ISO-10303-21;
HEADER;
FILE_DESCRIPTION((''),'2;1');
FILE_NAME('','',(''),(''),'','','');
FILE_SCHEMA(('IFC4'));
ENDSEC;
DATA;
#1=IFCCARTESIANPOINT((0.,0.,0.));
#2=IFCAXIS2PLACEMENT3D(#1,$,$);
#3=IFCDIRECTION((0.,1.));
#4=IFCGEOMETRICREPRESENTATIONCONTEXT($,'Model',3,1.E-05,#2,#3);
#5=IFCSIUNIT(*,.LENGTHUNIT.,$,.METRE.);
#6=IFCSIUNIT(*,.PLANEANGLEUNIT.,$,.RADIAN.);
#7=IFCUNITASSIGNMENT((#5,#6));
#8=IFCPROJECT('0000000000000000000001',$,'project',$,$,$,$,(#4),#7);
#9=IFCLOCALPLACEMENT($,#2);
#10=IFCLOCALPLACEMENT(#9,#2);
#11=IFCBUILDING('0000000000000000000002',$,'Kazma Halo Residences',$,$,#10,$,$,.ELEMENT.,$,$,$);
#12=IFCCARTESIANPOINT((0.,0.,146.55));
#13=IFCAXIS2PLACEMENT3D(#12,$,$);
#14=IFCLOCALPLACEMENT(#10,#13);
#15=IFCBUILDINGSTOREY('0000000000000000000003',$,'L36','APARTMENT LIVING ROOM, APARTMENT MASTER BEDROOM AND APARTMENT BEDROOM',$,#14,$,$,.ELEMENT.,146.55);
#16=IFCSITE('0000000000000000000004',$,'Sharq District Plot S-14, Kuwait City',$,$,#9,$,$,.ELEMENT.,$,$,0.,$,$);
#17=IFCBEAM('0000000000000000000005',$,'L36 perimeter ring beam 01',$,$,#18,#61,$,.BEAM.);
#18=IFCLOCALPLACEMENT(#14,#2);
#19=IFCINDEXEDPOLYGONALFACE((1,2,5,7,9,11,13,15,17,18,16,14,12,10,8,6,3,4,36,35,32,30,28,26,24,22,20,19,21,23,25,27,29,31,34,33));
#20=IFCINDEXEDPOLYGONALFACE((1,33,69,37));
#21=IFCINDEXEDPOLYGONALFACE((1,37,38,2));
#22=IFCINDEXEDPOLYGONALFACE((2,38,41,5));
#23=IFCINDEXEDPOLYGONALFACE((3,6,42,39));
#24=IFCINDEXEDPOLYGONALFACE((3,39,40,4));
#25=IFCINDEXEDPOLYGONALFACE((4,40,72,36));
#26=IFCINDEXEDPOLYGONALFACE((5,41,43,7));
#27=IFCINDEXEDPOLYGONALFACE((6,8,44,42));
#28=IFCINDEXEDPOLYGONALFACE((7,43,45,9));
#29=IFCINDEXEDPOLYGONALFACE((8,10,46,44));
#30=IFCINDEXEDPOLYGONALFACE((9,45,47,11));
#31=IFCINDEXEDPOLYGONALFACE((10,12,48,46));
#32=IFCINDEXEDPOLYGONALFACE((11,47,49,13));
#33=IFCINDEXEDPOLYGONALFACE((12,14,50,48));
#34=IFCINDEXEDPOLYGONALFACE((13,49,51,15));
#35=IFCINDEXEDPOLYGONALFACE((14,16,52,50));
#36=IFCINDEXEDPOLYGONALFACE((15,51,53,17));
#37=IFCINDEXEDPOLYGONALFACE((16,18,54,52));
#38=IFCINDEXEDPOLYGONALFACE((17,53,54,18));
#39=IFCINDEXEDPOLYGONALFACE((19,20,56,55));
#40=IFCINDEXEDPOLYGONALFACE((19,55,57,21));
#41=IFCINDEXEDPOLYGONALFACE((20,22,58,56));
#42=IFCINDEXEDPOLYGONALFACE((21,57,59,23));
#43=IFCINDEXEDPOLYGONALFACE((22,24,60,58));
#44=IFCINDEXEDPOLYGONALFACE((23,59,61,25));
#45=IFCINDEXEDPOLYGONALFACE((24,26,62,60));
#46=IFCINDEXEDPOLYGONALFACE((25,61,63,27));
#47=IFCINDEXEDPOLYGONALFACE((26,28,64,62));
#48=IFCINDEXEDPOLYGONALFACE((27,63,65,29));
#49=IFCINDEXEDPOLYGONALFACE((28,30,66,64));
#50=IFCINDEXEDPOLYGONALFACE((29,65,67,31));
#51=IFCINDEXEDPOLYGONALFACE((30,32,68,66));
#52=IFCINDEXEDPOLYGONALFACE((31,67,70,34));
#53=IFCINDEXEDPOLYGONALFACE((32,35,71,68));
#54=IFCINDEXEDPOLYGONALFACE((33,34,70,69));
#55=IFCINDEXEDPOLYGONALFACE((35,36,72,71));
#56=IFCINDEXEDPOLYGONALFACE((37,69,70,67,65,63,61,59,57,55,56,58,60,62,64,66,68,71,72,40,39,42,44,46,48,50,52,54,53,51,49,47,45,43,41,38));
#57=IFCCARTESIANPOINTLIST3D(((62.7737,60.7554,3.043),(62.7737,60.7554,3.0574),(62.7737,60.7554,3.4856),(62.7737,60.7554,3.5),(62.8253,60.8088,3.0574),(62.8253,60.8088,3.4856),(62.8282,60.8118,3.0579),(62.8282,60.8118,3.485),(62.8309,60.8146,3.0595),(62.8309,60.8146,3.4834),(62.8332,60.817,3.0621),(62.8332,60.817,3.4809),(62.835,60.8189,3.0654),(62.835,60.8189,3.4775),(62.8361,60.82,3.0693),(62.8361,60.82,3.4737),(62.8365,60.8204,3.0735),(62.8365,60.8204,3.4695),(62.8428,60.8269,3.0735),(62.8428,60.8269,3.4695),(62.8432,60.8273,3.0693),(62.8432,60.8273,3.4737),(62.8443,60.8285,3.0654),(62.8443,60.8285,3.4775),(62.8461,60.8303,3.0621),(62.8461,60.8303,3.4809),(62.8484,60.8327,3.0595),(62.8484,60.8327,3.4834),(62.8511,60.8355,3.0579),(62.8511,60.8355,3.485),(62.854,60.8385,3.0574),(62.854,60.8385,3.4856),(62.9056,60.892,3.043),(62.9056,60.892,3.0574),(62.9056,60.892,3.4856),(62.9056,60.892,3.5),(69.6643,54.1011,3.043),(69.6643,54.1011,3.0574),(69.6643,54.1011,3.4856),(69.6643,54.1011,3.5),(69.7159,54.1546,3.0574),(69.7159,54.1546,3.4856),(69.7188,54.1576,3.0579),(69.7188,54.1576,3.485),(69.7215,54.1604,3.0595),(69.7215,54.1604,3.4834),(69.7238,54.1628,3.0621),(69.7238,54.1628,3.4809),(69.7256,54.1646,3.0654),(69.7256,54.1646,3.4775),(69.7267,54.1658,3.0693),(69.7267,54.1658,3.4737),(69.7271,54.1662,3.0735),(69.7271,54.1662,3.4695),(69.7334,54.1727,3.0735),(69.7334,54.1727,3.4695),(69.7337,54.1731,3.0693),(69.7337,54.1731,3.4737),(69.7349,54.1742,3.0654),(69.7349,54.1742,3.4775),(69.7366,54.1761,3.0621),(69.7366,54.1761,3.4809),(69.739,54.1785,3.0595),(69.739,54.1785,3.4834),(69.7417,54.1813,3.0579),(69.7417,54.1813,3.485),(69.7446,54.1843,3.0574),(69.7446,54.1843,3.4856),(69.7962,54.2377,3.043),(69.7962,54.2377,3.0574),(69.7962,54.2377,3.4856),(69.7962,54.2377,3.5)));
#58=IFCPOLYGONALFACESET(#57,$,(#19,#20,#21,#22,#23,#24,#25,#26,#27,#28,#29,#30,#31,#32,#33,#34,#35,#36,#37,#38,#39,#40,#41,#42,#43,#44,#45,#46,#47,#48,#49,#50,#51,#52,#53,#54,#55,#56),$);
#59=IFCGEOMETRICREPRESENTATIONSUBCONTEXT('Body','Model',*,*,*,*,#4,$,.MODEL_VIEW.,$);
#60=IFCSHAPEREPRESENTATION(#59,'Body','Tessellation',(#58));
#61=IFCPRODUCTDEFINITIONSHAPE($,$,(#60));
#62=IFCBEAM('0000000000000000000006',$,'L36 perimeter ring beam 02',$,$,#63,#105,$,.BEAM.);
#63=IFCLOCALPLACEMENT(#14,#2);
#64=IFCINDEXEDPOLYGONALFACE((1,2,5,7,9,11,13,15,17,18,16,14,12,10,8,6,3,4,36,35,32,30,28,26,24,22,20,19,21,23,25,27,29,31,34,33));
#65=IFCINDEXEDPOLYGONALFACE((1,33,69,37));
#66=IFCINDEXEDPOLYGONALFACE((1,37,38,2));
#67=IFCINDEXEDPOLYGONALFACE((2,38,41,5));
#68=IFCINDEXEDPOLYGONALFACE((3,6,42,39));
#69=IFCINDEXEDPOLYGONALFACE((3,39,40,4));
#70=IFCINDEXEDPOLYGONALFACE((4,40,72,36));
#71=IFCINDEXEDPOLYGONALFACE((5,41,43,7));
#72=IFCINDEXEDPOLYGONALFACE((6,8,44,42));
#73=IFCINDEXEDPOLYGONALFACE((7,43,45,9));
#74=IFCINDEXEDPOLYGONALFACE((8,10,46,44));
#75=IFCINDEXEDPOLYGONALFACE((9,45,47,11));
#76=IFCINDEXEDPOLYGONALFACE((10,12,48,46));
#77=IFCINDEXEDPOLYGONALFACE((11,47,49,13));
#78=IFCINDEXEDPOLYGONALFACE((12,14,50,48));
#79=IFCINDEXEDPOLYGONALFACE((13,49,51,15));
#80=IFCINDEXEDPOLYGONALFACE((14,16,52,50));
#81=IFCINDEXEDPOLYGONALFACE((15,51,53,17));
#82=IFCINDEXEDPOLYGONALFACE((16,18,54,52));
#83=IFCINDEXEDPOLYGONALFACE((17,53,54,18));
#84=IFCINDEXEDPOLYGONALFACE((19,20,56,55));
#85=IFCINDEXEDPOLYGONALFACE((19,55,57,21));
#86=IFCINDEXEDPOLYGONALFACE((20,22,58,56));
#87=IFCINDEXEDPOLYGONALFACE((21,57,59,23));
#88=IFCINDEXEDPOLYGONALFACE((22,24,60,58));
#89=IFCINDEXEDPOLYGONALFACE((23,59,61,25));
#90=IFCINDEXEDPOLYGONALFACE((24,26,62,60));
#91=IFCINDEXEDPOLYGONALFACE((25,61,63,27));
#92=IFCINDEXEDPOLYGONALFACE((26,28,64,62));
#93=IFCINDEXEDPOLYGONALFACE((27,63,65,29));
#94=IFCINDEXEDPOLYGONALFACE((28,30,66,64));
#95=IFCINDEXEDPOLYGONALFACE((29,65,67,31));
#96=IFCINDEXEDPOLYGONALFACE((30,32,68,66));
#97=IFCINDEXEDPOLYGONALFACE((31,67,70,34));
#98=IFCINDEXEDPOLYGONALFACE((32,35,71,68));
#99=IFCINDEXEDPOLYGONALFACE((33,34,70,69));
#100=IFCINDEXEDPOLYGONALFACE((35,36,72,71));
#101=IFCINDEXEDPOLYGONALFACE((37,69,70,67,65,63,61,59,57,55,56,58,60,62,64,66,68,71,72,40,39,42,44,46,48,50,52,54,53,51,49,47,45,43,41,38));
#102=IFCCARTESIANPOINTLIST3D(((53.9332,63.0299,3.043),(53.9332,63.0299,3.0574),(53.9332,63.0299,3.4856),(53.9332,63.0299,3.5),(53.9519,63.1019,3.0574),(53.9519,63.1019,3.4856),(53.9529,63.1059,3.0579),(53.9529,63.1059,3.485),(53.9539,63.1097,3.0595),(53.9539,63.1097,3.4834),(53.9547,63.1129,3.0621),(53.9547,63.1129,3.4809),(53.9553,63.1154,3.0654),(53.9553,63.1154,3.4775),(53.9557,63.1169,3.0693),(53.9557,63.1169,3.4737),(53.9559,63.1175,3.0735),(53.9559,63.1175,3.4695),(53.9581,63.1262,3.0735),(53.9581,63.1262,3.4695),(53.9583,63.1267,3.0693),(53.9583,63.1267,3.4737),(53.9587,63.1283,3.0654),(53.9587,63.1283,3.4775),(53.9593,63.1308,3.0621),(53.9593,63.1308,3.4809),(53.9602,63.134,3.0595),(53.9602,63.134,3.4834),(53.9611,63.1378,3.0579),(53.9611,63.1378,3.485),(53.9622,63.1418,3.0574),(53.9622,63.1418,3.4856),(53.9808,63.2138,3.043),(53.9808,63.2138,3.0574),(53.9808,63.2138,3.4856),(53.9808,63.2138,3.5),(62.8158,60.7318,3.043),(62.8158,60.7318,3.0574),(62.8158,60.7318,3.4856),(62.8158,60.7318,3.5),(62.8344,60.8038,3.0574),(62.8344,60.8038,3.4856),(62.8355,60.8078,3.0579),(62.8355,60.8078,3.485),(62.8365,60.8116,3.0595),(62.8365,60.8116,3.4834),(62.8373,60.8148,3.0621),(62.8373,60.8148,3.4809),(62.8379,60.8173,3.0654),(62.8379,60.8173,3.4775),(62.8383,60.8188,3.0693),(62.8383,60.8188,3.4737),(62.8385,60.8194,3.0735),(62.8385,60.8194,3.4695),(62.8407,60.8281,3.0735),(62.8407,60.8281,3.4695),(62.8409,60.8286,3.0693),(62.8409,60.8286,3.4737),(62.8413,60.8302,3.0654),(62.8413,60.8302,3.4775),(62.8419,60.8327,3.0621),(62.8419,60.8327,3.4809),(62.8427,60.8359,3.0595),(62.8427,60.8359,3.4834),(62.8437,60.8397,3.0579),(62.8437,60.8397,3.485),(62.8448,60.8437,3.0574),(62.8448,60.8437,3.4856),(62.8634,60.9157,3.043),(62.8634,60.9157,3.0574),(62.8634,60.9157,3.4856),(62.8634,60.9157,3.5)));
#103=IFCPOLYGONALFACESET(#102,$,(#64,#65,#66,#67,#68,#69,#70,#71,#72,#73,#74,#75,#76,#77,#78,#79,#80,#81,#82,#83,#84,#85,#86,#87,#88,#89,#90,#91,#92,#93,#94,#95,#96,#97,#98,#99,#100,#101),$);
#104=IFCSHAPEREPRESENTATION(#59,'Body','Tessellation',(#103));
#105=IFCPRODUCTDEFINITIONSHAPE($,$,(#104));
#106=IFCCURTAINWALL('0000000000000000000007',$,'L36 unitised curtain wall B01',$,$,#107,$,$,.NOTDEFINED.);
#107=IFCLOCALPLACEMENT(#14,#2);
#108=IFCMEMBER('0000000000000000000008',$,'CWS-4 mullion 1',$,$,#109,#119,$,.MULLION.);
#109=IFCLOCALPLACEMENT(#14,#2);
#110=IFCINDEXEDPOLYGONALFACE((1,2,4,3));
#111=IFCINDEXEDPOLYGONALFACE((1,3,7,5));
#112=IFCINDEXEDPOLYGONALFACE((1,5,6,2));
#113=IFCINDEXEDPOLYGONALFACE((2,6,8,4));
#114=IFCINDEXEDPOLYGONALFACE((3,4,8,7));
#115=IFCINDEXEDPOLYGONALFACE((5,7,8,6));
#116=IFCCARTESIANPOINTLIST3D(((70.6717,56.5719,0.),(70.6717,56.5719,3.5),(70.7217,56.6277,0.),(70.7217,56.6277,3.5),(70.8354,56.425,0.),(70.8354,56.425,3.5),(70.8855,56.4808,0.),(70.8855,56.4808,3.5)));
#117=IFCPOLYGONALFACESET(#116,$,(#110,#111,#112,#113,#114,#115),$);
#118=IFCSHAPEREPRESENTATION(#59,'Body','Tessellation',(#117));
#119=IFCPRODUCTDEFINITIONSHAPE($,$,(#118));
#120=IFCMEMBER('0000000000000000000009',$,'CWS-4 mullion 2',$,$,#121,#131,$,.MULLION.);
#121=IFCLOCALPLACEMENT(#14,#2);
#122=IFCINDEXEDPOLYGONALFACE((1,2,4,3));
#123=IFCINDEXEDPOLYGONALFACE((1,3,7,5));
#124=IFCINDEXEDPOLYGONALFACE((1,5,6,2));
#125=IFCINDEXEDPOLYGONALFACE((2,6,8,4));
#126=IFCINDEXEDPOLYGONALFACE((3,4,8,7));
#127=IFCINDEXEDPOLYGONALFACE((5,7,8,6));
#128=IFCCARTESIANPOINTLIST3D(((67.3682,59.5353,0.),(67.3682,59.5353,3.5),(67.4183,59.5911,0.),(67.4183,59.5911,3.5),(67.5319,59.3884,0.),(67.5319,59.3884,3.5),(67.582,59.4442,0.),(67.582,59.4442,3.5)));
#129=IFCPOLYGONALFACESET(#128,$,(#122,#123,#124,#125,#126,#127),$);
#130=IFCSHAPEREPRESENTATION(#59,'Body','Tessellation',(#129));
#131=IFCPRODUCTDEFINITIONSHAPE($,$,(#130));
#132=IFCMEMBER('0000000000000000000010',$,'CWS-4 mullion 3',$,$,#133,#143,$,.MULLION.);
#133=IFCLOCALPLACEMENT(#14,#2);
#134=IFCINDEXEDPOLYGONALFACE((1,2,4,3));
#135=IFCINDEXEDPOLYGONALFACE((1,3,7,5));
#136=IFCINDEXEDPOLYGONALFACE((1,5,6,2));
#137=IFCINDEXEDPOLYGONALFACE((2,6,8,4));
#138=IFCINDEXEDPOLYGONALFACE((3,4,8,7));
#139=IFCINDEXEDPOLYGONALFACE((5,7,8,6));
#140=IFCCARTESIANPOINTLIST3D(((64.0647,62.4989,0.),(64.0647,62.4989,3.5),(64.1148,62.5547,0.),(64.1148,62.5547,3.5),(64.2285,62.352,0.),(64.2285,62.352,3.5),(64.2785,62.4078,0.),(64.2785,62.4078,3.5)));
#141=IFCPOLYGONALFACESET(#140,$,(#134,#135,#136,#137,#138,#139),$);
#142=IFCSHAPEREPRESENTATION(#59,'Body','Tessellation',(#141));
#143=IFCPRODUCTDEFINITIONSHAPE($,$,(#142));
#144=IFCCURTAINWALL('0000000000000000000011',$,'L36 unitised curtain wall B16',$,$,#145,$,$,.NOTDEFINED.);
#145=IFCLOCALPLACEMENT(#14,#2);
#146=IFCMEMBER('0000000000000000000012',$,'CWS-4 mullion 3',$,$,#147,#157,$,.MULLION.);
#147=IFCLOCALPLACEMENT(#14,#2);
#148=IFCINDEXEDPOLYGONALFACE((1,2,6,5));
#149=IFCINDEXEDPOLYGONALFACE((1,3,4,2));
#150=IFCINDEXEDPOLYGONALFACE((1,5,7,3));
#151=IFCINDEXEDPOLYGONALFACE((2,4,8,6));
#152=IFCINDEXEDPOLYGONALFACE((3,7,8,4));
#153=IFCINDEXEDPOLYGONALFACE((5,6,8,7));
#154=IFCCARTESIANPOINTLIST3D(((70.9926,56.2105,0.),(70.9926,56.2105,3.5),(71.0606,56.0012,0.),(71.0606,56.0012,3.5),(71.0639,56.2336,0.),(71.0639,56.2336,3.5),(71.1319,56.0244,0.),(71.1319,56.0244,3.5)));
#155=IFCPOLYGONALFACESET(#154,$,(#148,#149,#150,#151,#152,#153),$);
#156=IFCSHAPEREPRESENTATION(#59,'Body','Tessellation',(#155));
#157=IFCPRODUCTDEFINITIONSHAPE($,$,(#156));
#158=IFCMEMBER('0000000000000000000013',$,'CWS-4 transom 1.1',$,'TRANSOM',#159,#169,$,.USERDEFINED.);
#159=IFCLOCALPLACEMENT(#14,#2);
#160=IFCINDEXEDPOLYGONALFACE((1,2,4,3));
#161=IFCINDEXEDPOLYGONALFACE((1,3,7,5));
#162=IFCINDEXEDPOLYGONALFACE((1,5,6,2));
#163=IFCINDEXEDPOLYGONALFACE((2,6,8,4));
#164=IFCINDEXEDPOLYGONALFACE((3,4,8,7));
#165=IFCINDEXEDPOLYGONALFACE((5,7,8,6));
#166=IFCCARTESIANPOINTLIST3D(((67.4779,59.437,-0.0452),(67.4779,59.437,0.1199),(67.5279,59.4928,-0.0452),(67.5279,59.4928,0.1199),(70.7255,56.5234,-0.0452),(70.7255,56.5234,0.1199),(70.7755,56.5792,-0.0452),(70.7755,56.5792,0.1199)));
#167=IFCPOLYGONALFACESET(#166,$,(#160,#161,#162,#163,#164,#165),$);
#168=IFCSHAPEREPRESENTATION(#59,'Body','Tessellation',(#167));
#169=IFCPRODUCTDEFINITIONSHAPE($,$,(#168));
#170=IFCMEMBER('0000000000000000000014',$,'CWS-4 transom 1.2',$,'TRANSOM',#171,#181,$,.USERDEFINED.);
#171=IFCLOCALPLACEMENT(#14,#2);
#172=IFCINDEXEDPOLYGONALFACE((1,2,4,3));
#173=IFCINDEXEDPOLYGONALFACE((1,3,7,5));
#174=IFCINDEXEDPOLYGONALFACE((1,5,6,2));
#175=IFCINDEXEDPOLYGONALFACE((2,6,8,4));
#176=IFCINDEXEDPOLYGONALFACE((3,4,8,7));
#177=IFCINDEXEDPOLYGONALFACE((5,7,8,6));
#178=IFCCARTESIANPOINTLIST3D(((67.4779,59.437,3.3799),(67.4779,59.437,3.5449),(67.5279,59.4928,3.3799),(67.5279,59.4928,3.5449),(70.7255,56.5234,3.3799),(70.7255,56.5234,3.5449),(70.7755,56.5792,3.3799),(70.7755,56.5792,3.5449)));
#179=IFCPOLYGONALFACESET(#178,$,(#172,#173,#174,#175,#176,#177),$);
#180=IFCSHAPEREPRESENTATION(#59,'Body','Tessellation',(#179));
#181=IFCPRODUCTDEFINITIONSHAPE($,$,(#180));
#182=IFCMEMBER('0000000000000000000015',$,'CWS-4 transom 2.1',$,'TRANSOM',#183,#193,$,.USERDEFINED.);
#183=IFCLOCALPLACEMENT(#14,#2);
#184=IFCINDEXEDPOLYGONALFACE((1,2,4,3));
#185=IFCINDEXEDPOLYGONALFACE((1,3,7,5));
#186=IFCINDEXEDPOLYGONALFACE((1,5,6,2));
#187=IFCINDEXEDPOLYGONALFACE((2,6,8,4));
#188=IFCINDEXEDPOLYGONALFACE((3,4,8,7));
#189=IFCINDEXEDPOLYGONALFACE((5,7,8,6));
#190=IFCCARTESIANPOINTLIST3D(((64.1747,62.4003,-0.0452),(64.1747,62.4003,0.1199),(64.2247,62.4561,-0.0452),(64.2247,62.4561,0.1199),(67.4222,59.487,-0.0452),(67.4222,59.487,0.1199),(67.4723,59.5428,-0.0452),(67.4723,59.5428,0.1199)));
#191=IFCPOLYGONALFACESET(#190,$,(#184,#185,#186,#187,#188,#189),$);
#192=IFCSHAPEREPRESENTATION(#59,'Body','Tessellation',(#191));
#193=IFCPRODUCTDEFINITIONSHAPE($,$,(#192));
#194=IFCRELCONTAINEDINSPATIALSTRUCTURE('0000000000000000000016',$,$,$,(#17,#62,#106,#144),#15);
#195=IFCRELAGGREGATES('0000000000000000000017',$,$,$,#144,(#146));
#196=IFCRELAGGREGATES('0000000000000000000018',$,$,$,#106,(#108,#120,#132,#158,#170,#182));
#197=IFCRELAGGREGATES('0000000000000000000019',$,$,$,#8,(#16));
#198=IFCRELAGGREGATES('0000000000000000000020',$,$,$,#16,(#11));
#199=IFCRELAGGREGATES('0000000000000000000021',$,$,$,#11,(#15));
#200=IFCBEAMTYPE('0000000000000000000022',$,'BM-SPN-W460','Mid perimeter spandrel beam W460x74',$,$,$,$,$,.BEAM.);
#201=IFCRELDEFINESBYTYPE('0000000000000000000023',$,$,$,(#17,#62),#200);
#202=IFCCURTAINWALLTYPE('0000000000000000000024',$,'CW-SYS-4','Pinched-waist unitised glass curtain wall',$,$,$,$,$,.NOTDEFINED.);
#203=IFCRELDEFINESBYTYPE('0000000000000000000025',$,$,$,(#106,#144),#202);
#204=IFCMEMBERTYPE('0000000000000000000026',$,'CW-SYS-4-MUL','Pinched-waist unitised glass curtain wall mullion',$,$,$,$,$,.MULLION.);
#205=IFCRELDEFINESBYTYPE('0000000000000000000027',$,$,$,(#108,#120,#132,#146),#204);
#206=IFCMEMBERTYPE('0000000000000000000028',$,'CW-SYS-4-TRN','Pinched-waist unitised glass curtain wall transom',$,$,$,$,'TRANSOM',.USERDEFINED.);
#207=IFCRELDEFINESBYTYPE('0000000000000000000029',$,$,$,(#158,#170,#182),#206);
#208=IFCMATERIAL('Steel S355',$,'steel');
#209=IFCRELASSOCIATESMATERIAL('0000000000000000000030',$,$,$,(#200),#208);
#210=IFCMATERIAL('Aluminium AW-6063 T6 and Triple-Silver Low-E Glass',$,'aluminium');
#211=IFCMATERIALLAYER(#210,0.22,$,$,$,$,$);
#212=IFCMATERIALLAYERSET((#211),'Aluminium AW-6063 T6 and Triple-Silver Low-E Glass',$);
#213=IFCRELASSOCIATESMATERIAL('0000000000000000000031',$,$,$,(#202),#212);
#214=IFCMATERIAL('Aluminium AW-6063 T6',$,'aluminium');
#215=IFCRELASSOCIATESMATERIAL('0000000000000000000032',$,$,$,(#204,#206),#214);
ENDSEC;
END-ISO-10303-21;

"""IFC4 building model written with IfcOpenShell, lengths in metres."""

from ifc_helpers import new_model, si_unit, direction, frame, origin, origin_2d, place, context, subcontext, project, spatial, rectangle, i_section, extrude, material, layer, layer_set, material_profile, profile_set, type_object, element, aggregate, save


model = new_model("IFC4")

# Units and contexts
model_context = context("Model", 3, precision=1e-05, world=origin(), true_north=direction((0.0, 1.0)))
body_context = subcontext(model_context, "Body", "Model", "MODEL_VIEW")
ifc_project = project(units=[si_unit("LENGTHUNIT", "METRE"), si_unit("PLANEANGLEUNIT", "RADIAN")], contexts=[model_context])

# Site, building, storey
site_placement = place(None, origin())
site = spatial("IfcSite", under=ifc_project, at=site_placement, Name="Sharq District Plot S-14, Kuwait City", CompositionType="ELEMENT", RefElevation=0.0)
building_placement = place(site_placement, origin())
building = spatial("IfcBuilding", under=site, at=building_placement, Name="Kazma Halo Residences", CompositionType="ELEMENT")
storey_placement = place(building_placement, frame((0.0, 0.0, 146.55)))
storey = spatial("IfcBuildingStorey", under=building, at=storey_placement, Name="L36", Description="APARTMENT LIVING ROOM, APARTMENT MASTER BEDROOM AND APARTMENT BEDROOM", CompositionType="ELEMENT", Elevation=146.55)

# Beams
ifc_material_1 = material(Name="Steel S355", Category="steel")
ifc_material_profile_1 = material_profile(ifc_material_1, i_section(OverallWidth=0.1899, OverallDepth=0.457, WebThickness=0.009, FlangeThickness=0.0144, FilletRadius=0.0161, at=origin_2d()), Name="W460x74")
ifc_profile_set_1 = profile_set([ifc_material_profile_1], Name="Steel S355")
beam_type_1 = type_object("IfcBeamType", Name="BM-SPN-W460", Description="Mid perimeter spandrel beam W460x74", PredefinedType="BEAM", material=ifc_profile_set_1)
beam_1_placement = place(storey_placement, frame((69.7302, 54.1694, 3.2715), z_axis=(-0.719335, 0.694664, 0.0), x_axis=(-0.694664, -0.719335, 0.0)))
element("IfcBeam", 1, at=beam_1_placement, inside=storey, type_object=beam_type_1, Name="L36 perimeter ring beam 01", PredefinedType="BEAM", context=body_context, shape_type="SweptSolid", body=[
    extrude(i_section(OverallWidth=0.1899, OverallDepth=0.457, WebThickness=0.009, FlangeThickness=0.0144, FilletRadius=0.0161, at=origin_2d()), origin(), (0.0, 0.0, 1.0), 9.5791),
])
beam_2_placement = place(storey_placement, frame((62.8396, 60.8237, 3.2715), z_axis=(-0.968124, 0.250473, 0.0), x_axis=(-0.250473, -0.968124, 0.0)))
element("IfcBeam", 2, at=beam_2_placement, inside=storey, type_object=beam_type_1, Name="L36 perimeter ring beam 02", PredefinedType="BEAM", context=body_context, shape_type="SweptSolid", body=[
    extrude(i_section(OverallWidth=0.1899, OverallDepth=0.457, WebThickness=0.009, FlangeThickness=0.0144, FilletRadius=0.0161, at=origin_2d()), origin(), (0.0, 0.0, 1.0), 9.175),
])

# Curtain wall, members
ifc_material_2 = material(Name="Aluminium AW-6063 T6 and Triple-Silver Low-E Glass", Category="aluminium")
ifc_layer_1 = layer(ifc_material_2, 0.22)
ifc_layer_set_1 = layer_set([ifc_layer_1], Name="Aluminium AW-6063 T6 and Triple-Silver Low-E Glass")
curtain_wall_type = type_object("IfcCurtainWallType", Name="CW-SYS-4", Description="Pinched-waist unitised glass curtain wall", PredefinedType="NOTDEFINED", material=ifc_layer_set_1)
curtain_wall_1_placement = place(storey_placement, origin())
curtain_wall_1 = element("IfcCurtainWall", 3, at=curtain_wall_1_placement, inside=storey, type_object=curtain_wall_type, Name="L36 unitised curtain wall B01", PredefinedType="NOTDEFINED")
ifc_material_3 = material(Name="Aluminium AW-6063 T6", Category="aluminium")
ifc_material_profile_2 = material_profile(ifc_material_3, rectangle(XDim=0.075, YDim=0.22, at=origin_2d()), Name="CWM-75x220")
ifc_profile_set_2 = profile_set([ifc_material_profile_2], Name="Aluminium AW-6063 T6")
member_type_1 = type_object("IfcMemberType", Name="CW-SYS-4-MUL", Description="Pinched-waist unitised glass curtain wall mullion", PredefinedType="MULLION", material=ifc_profile_set_2)
member_1_placement = place(storey_placement, frame((70.7786, 56.5264, 0.0), z_axis=(0.0, 0.0, 1.0), x_axis=(-0.66777, -0.744368, 0.0)))
member_1 = element("IfcMember", 4, at=member_1_placement, type_object=member_type_1, Name="CWS-4 mullion 1", PredefinedType="MULLION", context=body_context, shape_type="SweptSolid", body=[
    extrude(rectangle(XDim=0.075, YDim=0.22, at=origin_2d()), origin(), (0.0, 0.0, 1.0), 3.5),
])
member_2_placement = place(storey_placement, frame((67.4751, 59.4897, 0.0), z_axis=(0.0, 0.0, 1.0), x_axis=(-0.66777, -0.744368, 0.0)))
member_2 = element("IfcMember", 5, at=member_2_placement, type_object=member_type_1, Name="CWS-4 mullion 2", PredefinedType="MULLION", context=body_context, shape_type="SweptSolid", body=[
    extrude(rectangle(XDim=0.075, YDim=0.22, at=origin_2d()), origin(), (0.0, 0.0, 1.0), 3.5),
])
member_3_placement = place(storey_placement, frame((64.1716, 62.4534, 0.0), z_axis=(0.0, 0.0, 1.0), x_axis=(-0.66777, -0.744368, 0.0)))
member_3 = element("IfcMember", 6, at=member_3_placement, type_object=member_type_1, Name="CWS-4 mullion 3", PredefinedType="MULLION", context=body_context, shape_type="SweptSolid", body=[
    extrude(rectangle(XDim=0.075, YDim=0.22, at=origin_2d()), origin(), (0.0, 0.0, 1.0), 3.5),
])

# Curtain wall, member
curtain_wall_2_placement = place(storey_placement, origin())
curtain_wall_2 = element("IfcCurtainWall", 7, at=curtain_wall_2_placement, inside=storey, type_object=curtain_wall_type, Name="L36 unitised curtain wall B16", PredefinedType="NOTDEFINED")
member_4_placement = place(storey_placement, frame((71.0623, 56.1174, 0.0), z_axis=(0.0, 0.0, 1.0), x_axis=(-0.951058, -0.309014, 0.0)))
member_4 = element("IfcMember", 8, at=member_4_placement, type_object=member_type_1, Name="CWS-4 mullion 3", PredefinedType="MULLION", context=body_context, shape_type="SweptSolid", body=[
    extrude(rectangle(XDim=0.075, YDim=0.22, at=origin_2d()), origin(), (0.0, 0.0, 1.0), 3.5),
])
aggregate(curtain_wall_2, [member_4])

# Members
ifc_material_profile_3 = material_profile(ifc_material_3, rectangle(XDim=0.075, YDim=0.165, at=origin_2d()), Name="CWT-75x165")
ifc_profile_set_3 = profile_set([ifc_material_profile_3], Name="Aluminium AW-6063 T6")
member_type_2 = type_object("IfcMemberType", Name="CW-SYS-4-TRN", Description="Pinched-waist unitised glass curtain wall transom", ElementType="TRANSOM", PredefinedType="USERDEFINED", material=ifc_profile_set_3)
member_5_placement = place(storey_placement, frame((70.7505, 56.5513, 0.0374), z_axis=(-0.744345, 0.667795, 0.0), x_axis=(-0.667795, -0.744345, 0.0)))
member_5 = element("IfcMember", 9, at=member_5_placement, type_object=member_type_2, Name="CWS-4 transom 1.1", ObjectType="TRANSOM", PredefinedType="USERDEFINED", context=body_context, shape_type="SweptSolid", body=[
    extrude(rectangle(XDim=0.075, YDim=0.165, at=origin_2d()), origin(), (0.0, 0.0, 1.0), 4.363),
])
member_6_placement = place(storey_placement, frame((70.7505, 56.5513, 3.4624), z_axis=(-0.744345, 0.667795, 0.0), x_axis=(-0.667795, -0.744345, 0.0)))
member_6 = element("IfcMember", 10, at=member_6_placement, type_object=member_type_2, Name="CWS-4 transom 1.2", ObjectType="TRANSOM", PredefinedType="USERDEFINED", context=body_context, shape_type="SweptSolid", body=[
    extrude(rectangle(XDim=0.075, YDim=0.165, at=origin_2d()), origin(), (0.0, 0.0, 1.0), 4.363),
])
member_7_placement = place(storey_placement, frame((67.4473, 59.5149, 0.0374), z_axis=(-0.744373, 0.667764, 0.0), x_axis=(-0.667764, -0.744373, 0.0)))
member_7 = element("IfcMember", 11, at=member_7_placement, type_object=member_type_2, Name="CWS-4 transom 2.1", ObjectType="TRANSOM", PredefinedType="USERDEFINED", context=body_context, shape_type="SweptSolid", body=[
    extrude(rectangle(XDim=0.075, YDim=0.165, at=origin_2d()), origin(), (0.0, 0.0, 1.0), 4.3628),
])

aggregate(curtain_wall_1, [member_1, member_2, member_3, member_5, member_6, member_7])

save(model, "model.ifc")
